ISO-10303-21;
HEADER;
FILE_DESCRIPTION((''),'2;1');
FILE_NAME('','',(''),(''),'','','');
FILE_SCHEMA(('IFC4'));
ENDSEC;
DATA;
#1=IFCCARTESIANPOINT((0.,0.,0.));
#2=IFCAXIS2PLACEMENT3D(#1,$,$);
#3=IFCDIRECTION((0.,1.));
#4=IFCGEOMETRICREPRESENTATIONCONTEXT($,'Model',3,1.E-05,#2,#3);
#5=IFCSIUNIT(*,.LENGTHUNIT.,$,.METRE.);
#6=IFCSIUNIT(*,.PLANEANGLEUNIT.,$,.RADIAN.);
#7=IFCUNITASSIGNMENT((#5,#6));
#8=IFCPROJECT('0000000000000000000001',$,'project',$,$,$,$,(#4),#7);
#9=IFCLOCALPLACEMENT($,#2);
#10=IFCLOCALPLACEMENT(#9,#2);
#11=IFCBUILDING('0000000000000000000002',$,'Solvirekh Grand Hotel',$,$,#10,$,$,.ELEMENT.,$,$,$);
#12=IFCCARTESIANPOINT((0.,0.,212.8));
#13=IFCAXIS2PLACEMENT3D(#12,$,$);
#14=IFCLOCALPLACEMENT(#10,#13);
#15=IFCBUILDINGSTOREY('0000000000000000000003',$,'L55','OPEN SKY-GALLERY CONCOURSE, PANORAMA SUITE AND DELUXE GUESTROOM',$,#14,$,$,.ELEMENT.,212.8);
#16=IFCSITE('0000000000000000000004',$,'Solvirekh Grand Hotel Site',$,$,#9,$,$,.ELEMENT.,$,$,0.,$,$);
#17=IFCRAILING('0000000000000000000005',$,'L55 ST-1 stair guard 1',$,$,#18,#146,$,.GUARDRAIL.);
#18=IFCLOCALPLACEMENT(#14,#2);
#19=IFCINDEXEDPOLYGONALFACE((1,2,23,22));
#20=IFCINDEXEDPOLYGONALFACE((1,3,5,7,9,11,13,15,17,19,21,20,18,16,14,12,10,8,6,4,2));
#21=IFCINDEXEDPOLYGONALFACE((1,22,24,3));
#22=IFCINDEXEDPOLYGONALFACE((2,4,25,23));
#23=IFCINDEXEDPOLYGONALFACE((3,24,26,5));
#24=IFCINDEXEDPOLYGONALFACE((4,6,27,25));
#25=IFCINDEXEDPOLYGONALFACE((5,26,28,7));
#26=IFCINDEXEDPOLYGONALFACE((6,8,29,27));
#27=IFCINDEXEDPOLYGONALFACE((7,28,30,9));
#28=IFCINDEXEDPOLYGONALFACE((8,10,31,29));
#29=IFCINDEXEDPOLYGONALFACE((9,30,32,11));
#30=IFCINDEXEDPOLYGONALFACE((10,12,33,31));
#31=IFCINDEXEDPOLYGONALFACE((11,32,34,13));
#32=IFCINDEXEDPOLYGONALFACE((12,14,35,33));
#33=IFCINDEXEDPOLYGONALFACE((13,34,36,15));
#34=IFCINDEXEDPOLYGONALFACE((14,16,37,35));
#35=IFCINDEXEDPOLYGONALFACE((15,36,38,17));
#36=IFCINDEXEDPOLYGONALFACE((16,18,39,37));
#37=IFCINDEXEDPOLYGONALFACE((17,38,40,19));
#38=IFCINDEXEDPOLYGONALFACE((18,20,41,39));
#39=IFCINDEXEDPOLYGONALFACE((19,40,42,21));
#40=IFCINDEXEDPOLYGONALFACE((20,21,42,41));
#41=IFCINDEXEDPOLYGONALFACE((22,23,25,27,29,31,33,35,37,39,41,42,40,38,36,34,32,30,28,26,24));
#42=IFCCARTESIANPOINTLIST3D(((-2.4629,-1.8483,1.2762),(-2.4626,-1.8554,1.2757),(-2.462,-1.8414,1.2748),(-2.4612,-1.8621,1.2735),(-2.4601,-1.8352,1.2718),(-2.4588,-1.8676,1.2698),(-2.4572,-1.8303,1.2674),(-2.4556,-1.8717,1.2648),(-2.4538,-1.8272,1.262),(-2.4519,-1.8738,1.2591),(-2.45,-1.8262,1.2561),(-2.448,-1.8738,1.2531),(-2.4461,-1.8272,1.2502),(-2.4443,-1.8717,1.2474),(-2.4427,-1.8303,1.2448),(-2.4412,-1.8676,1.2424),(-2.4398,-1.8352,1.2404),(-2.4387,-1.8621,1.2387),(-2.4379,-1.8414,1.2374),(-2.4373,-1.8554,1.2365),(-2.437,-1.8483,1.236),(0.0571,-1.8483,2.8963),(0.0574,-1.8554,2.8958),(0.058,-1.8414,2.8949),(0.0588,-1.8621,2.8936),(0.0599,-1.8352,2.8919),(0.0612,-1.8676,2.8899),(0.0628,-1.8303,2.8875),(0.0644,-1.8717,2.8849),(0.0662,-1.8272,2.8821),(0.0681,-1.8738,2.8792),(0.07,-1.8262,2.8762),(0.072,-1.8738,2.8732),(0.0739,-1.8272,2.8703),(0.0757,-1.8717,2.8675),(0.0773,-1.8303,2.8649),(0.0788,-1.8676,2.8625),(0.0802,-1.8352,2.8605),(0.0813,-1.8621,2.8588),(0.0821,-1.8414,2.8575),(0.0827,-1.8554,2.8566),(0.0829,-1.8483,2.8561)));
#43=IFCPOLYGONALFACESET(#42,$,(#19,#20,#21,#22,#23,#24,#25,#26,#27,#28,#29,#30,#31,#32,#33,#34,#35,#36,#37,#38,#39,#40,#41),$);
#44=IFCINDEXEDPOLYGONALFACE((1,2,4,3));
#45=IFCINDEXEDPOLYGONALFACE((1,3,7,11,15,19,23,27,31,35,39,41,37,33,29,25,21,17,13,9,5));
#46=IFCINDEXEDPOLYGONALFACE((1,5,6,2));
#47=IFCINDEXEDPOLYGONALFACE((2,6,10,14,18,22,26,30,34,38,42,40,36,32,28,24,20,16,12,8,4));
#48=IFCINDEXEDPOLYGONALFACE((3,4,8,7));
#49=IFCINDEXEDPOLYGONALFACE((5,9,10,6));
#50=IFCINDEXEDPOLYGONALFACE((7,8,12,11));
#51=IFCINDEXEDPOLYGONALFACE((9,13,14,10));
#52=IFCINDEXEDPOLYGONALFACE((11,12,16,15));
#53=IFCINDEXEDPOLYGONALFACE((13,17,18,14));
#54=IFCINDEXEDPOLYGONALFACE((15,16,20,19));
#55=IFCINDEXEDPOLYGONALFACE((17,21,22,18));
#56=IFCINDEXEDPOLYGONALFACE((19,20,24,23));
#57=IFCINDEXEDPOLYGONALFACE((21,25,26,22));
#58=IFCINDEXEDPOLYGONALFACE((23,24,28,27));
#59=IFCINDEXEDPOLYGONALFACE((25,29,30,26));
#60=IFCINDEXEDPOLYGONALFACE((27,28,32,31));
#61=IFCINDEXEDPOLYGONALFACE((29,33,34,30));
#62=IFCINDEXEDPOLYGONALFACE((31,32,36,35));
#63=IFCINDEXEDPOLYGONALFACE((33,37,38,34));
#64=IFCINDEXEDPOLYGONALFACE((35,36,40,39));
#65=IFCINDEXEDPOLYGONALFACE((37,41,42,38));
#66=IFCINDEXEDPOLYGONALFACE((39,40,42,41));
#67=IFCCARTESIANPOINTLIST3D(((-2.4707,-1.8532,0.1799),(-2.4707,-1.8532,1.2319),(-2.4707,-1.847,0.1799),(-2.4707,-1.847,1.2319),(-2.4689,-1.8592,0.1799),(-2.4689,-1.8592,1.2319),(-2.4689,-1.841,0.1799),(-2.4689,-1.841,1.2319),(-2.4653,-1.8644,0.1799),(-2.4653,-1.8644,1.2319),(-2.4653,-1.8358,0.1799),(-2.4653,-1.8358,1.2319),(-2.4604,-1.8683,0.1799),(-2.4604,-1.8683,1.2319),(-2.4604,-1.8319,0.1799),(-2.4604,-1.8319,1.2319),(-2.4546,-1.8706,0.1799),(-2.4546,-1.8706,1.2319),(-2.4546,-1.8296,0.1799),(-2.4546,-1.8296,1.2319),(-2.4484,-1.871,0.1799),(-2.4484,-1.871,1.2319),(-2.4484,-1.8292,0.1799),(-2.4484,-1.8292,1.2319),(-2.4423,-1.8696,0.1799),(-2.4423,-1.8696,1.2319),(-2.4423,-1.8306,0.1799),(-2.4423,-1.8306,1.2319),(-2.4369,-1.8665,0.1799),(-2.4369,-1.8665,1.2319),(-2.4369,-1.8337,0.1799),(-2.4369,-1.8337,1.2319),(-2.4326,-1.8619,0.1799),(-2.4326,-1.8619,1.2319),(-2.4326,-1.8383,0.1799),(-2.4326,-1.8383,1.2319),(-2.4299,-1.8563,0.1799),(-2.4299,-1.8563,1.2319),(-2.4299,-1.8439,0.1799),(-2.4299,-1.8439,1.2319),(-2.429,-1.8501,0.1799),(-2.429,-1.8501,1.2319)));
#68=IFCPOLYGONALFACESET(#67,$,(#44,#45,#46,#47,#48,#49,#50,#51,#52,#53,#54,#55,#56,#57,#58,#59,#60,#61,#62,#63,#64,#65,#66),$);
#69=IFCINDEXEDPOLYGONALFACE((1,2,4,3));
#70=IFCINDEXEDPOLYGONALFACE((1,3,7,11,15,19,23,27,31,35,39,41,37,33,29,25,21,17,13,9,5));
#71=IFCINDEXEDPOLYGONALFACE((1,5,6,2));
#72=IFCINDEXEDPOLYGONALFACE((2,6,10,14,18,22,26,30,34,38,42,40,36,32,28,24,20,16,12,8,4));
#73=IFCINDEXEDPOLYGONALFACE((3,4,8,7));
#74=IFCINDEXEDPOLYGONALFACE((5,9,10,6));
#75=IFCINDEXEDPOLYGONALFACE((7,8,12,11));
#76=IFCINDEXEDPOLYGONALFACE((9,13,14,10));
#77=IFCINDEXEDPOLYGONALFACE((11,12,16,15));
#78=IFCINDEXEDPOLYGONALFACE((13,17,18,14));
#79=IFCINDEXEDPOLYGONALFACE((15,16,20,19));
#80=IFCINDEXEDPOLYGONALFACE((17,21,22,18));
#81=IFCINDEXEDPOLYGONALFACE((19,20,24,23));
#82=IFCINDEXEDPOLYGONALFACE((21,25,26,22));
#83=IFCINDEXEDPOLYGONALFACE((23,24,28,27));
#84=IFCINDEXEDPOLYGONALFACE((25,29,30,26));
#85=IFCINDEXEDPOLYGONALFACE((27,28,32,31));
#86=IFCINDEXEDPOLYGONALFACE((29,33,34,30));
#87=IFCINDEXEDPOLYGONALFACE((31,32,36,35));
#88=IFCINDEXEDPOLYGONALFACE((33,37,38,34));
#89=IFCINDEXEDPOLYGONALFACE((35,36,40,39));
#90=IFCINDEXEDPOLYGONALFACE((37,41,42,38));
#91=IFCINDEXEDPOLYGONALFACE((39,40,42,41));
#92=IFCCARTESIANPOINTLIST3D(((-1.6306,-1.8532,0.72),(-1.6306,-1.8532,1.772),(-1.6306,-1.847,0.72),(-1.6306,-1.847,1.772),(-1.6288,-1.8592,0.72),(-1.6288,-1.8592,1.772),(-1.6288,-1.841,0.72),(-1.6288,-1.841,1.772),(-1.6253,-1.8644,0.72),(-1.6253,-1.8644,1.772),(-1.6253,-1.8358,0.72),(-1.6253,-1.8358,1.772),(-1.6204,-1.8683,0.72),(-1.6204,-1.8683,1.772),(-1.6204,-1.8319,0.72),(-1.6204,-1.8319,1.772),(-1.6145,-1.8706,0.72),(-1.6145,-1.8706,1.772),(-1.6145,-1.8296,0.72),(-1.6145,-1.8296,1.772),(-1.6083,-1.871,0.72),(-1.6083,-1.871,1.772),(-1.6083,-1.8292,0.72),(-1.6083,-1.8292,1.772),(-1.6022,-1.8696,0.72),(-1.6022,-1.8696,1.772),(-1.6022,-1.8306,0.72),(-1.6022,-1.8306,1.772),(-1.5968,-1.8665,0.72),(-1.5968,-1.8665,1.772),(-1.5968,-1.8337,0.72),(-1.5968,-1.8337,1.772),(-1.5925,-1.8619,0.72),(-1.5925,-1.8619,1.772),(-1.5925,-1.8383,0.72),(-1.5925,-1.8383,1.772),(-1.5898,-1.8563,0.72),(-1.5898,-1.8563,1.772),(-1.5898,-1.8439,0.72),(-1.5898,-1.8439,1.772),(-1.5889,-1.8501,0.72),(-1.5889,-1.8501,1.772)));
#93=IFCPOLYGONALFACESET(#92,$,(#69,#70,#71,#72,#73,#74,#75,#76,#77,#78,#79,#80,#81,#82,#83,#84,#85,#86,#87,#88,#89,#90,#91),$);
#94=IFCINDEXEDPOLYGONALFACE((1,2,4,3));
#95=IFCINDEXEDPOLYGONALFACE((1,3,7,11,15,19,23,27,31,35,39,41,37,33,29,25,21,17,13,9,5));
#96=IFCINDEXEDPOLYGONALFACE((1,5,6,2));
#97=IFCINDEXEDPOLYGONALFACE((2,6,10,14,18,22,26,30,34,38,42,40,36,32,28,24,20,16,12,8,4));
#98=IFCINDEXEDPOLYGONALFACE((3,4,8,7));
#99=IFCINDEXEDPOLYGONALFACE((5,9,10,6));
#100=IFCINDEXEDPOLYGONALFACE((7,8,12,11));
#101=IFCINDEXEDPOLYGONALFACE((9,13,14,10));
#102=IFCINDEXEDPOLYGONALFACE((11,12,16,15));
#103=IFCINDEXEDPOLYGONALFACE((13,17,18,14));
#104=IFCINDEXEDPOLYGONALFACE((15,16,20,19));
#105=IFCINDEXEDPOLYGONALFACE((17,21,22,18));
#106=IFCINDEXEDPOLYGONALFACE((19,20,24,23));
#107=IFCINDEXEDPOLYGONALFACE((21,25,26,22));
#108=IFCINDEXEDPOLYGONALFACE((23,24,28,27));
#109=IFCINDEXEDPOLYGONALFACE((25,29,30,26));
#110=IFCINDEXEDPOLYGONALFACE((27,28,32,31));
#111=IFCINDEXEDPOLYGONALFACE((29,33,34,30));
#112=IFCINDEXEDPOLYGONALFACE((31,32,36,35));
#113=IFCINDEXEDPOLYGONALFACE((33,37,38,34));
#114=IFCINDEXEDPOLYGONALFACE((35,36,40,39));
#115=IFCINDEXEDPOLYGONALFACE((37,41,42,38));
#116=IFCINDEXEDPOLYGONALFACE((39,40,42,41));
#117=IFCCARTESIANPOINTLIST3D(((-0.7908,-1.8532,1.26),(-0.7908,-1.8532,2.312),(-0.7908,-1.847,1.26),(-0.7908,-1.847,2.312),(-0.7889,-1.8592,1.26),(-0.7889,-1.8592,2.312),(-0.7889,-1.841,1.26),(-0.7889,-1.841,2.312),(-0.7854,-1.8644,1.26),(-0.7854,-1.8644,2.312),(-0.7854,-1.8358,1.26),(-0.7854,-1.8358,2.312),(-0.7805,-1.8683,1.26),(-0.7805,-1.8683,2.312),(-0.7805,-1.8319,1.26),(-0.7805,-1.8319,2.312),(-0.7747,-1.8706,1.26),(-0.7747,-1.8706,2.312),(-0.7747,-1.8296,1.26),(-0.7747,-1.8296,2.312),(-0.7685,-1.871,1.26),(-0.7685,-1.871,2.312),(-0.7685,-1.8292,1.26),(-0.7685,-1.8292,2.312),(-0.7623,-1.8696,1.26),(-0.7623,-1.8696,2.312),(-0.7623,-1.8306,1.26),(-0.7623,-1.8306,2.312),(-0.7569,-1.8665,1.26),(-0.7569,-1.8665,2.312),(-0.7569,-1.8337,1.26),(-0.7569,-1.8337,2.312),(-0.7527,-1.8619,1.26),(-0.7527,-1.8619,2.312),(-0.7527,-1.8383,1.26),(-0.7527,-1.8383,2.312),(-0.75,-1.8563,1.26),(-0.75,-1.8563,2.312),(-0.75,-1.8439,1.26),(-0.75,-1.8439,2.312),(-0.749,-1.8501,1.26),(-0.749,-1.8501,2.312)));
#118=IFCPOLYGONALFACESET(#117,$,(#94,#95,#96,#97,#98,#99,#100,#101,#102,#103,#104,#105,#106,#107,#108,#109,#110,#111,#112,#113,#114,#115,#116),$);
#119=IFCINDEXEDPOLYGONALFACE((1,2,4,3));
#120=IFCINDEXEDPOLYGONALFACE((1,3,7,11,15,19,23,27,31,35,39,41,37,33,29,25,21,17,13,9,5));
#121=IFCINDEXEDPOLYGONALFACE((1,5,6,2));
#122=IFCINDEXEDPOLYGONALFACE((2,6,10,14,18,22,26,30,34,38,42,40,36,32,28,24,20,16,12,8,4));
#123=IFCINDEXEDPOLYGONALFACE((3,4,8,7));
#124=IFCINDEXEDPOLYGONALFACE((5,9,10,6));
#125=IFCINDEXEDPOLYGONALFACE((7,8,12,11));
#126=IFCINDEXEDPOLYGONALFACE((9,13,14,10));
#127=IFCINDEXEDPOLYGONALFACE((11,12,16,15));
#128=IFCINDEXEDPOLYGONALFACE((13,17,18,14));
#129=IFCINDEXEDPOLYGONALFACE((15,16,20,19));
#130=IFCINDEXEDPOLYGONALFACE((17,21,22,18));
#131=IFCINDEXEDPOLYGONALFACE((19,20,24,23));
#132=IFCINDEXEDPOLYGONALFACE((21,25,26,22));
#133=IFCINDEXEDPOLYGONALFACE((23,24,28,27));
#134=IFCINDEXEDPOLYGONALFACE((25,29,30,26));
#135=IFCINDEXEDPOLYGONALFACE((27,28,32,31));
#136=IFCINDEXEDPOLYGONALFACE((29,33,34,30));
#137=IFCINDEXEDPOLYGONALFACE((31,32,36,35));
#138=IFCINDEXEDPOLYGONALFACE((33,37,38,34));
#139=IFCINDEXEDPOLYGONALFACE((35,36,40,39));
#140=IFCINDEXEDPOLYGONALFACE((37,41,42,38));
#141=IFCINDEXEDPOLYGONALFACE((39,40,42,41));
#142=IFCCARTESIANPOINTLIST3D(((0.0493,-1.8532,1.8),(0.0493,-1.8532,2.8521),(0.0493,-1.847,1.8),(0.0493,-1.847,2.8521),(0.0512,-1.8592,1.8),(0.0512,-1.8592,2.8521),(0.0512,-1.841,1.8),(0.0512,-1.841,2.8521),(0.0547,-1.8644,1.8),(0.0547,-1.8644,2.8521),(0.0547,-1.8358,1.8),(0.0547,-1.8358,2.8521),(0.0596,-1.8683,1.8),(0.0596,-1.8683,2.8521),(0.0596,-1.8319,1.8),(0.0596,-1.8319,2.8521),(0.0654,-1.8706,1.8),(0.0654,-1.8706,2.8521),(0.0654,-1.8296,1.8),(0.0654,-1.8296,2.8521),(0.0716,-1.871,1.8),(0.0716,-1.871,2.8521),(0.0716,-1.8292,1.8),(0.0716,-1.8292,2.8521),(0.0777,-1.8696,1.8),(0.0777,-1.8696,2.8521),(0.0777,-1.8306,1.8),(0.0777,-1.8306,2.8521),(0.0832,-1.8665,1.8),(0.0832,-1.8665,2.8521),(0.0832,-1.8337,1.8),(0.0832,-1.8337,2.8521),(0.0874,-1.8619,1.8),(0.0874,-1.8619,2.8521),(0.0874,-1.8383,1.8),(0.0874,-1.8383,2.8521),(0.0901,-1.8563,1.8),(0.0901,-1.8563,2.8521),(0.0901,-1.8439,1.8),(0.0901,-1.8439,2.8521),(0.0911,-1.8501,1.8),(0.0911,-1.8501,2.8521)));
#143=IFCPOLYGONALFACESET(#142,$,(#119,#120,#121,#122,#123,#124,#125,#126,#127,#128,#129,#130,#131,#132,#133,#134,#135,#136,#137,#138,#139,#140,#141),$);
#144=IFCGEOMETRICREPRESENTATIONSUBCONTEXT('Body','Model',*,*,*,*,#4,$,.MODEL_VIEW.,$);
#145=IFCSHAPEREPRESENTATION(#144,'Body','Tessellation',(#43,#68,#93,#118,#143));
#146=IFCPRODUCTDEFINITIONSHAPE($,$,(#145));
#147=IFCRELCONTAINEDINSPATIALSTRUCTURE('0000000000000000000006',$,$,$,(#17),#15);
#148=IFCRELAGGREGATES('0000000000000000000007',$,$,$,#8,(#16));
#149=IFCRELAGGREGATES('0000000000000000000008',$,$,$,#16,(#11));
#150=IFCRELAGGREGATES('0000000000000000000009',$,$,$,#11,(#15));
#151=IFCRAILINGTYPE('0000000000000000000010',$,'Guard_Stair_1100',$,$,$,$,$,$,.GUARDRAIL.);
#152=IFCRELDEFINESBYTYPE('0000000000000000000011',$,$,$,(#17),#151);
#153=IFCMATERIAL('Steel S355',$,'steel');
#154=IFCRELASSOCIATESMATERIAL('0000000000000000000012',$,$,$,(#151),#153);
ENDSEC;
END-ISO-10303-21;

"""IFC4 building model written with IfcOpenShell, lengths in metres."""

from ifc_helpers import new_model, si_unit, direction, frame, origin, origin_2d, place, context, subcontext, project, spatial, circle, extrude, material, type_object, element, save


model = new_model("IFC4")

# Units and contexts
model_context = context("Model", 3, precision=1e-05, world=origin(), true_north=direction((0.0, 1.0)))
body_context = subcontext(model_context, "Body", "Model", "MODEL_VIEW")
ifc_project = project(units=[si_unit("LENGTHUNIT", "METRE"), si_unit("PLANEANGLEUNIT", "RADIAN")], contexts=[model_context])

# Site, building, storey
site_placement = place(None, origin())
site = spatial("IfcSite", under=ifc_project, at=site_placement, Name="Solvirekh Grand Hotel Site", CompositionType="ELEMENT", RefElevation=0.0)
building_placement = place(site_placement, origin())
building = spatial("IfcBuilding", under=site, at=building_placement, Name="Solvirekh Grand Hotel", CompositionType="ELEMENT")
storey_placement = place(building_placement, frame((0.0, 0.0, 212.8)))
storey = spatial("IfcBuildingStorey", under=building, at=storey_placement, Name="L55", Description="OPEN SKY-GALLERY CONCOURSE, PANORAMA SUITE AND DELUXE GUESTROOM", CompositionType="ELEMENT", Elevation=212.8)

# Shared definitions
ifc_material_1 = material(Name="Steel S355", Category="steel")

# Railing
railing_type_1 = type_object("IfcRailingType", Name="Guard_Stair_1100", PredefinedType="GUARDRAIL", material=ifc_material_1)
railing_1_placement = place(storey_placement, frame((-2.45, -1.8501, 0.1799)))
element("IfcRailing", 1, at=railing_1_placement, inside=storey, type_object=railing_type_1, Name="L55 ST-1 stair guard 1", PredefinedType="GUARDRAIL", context=body_context, shape_type="SweptSolid", body=[
    extrude(circle(Radius=0.0239, at=origin_2d()), frame((0.0, 0.0, 1.0762), z_axis=(0.841163, 0.0, 0.540782), x_axis=(0.0, 1.0, 0.0)), (0.0, 0.0, 1.0), 2.9958),
    extrude(circle(Radius=0.021, at=origin_2d()), origin(), (0.0, 0.0, 1.0), 1.052),
    extrude(circle(Radius=0.021, at=origin_2d()), frame((0.8401, 0.0, 0.54)), (0.0, 0.0, 1.0), 1.052),
    extrude(circle(Radius=0.021, at=origin_2d()), frame((1.6799, 0.0, 1.0801)), (0.0, 0.0, 1.0), 1.052),
    extrude(circle(Radius=0.021, at=origin_2d()), frame((2.52, 0.0, 1.6201)), (0.0, 0.0, 1.0), 1.052),
])

save(model, "model.ifc")
